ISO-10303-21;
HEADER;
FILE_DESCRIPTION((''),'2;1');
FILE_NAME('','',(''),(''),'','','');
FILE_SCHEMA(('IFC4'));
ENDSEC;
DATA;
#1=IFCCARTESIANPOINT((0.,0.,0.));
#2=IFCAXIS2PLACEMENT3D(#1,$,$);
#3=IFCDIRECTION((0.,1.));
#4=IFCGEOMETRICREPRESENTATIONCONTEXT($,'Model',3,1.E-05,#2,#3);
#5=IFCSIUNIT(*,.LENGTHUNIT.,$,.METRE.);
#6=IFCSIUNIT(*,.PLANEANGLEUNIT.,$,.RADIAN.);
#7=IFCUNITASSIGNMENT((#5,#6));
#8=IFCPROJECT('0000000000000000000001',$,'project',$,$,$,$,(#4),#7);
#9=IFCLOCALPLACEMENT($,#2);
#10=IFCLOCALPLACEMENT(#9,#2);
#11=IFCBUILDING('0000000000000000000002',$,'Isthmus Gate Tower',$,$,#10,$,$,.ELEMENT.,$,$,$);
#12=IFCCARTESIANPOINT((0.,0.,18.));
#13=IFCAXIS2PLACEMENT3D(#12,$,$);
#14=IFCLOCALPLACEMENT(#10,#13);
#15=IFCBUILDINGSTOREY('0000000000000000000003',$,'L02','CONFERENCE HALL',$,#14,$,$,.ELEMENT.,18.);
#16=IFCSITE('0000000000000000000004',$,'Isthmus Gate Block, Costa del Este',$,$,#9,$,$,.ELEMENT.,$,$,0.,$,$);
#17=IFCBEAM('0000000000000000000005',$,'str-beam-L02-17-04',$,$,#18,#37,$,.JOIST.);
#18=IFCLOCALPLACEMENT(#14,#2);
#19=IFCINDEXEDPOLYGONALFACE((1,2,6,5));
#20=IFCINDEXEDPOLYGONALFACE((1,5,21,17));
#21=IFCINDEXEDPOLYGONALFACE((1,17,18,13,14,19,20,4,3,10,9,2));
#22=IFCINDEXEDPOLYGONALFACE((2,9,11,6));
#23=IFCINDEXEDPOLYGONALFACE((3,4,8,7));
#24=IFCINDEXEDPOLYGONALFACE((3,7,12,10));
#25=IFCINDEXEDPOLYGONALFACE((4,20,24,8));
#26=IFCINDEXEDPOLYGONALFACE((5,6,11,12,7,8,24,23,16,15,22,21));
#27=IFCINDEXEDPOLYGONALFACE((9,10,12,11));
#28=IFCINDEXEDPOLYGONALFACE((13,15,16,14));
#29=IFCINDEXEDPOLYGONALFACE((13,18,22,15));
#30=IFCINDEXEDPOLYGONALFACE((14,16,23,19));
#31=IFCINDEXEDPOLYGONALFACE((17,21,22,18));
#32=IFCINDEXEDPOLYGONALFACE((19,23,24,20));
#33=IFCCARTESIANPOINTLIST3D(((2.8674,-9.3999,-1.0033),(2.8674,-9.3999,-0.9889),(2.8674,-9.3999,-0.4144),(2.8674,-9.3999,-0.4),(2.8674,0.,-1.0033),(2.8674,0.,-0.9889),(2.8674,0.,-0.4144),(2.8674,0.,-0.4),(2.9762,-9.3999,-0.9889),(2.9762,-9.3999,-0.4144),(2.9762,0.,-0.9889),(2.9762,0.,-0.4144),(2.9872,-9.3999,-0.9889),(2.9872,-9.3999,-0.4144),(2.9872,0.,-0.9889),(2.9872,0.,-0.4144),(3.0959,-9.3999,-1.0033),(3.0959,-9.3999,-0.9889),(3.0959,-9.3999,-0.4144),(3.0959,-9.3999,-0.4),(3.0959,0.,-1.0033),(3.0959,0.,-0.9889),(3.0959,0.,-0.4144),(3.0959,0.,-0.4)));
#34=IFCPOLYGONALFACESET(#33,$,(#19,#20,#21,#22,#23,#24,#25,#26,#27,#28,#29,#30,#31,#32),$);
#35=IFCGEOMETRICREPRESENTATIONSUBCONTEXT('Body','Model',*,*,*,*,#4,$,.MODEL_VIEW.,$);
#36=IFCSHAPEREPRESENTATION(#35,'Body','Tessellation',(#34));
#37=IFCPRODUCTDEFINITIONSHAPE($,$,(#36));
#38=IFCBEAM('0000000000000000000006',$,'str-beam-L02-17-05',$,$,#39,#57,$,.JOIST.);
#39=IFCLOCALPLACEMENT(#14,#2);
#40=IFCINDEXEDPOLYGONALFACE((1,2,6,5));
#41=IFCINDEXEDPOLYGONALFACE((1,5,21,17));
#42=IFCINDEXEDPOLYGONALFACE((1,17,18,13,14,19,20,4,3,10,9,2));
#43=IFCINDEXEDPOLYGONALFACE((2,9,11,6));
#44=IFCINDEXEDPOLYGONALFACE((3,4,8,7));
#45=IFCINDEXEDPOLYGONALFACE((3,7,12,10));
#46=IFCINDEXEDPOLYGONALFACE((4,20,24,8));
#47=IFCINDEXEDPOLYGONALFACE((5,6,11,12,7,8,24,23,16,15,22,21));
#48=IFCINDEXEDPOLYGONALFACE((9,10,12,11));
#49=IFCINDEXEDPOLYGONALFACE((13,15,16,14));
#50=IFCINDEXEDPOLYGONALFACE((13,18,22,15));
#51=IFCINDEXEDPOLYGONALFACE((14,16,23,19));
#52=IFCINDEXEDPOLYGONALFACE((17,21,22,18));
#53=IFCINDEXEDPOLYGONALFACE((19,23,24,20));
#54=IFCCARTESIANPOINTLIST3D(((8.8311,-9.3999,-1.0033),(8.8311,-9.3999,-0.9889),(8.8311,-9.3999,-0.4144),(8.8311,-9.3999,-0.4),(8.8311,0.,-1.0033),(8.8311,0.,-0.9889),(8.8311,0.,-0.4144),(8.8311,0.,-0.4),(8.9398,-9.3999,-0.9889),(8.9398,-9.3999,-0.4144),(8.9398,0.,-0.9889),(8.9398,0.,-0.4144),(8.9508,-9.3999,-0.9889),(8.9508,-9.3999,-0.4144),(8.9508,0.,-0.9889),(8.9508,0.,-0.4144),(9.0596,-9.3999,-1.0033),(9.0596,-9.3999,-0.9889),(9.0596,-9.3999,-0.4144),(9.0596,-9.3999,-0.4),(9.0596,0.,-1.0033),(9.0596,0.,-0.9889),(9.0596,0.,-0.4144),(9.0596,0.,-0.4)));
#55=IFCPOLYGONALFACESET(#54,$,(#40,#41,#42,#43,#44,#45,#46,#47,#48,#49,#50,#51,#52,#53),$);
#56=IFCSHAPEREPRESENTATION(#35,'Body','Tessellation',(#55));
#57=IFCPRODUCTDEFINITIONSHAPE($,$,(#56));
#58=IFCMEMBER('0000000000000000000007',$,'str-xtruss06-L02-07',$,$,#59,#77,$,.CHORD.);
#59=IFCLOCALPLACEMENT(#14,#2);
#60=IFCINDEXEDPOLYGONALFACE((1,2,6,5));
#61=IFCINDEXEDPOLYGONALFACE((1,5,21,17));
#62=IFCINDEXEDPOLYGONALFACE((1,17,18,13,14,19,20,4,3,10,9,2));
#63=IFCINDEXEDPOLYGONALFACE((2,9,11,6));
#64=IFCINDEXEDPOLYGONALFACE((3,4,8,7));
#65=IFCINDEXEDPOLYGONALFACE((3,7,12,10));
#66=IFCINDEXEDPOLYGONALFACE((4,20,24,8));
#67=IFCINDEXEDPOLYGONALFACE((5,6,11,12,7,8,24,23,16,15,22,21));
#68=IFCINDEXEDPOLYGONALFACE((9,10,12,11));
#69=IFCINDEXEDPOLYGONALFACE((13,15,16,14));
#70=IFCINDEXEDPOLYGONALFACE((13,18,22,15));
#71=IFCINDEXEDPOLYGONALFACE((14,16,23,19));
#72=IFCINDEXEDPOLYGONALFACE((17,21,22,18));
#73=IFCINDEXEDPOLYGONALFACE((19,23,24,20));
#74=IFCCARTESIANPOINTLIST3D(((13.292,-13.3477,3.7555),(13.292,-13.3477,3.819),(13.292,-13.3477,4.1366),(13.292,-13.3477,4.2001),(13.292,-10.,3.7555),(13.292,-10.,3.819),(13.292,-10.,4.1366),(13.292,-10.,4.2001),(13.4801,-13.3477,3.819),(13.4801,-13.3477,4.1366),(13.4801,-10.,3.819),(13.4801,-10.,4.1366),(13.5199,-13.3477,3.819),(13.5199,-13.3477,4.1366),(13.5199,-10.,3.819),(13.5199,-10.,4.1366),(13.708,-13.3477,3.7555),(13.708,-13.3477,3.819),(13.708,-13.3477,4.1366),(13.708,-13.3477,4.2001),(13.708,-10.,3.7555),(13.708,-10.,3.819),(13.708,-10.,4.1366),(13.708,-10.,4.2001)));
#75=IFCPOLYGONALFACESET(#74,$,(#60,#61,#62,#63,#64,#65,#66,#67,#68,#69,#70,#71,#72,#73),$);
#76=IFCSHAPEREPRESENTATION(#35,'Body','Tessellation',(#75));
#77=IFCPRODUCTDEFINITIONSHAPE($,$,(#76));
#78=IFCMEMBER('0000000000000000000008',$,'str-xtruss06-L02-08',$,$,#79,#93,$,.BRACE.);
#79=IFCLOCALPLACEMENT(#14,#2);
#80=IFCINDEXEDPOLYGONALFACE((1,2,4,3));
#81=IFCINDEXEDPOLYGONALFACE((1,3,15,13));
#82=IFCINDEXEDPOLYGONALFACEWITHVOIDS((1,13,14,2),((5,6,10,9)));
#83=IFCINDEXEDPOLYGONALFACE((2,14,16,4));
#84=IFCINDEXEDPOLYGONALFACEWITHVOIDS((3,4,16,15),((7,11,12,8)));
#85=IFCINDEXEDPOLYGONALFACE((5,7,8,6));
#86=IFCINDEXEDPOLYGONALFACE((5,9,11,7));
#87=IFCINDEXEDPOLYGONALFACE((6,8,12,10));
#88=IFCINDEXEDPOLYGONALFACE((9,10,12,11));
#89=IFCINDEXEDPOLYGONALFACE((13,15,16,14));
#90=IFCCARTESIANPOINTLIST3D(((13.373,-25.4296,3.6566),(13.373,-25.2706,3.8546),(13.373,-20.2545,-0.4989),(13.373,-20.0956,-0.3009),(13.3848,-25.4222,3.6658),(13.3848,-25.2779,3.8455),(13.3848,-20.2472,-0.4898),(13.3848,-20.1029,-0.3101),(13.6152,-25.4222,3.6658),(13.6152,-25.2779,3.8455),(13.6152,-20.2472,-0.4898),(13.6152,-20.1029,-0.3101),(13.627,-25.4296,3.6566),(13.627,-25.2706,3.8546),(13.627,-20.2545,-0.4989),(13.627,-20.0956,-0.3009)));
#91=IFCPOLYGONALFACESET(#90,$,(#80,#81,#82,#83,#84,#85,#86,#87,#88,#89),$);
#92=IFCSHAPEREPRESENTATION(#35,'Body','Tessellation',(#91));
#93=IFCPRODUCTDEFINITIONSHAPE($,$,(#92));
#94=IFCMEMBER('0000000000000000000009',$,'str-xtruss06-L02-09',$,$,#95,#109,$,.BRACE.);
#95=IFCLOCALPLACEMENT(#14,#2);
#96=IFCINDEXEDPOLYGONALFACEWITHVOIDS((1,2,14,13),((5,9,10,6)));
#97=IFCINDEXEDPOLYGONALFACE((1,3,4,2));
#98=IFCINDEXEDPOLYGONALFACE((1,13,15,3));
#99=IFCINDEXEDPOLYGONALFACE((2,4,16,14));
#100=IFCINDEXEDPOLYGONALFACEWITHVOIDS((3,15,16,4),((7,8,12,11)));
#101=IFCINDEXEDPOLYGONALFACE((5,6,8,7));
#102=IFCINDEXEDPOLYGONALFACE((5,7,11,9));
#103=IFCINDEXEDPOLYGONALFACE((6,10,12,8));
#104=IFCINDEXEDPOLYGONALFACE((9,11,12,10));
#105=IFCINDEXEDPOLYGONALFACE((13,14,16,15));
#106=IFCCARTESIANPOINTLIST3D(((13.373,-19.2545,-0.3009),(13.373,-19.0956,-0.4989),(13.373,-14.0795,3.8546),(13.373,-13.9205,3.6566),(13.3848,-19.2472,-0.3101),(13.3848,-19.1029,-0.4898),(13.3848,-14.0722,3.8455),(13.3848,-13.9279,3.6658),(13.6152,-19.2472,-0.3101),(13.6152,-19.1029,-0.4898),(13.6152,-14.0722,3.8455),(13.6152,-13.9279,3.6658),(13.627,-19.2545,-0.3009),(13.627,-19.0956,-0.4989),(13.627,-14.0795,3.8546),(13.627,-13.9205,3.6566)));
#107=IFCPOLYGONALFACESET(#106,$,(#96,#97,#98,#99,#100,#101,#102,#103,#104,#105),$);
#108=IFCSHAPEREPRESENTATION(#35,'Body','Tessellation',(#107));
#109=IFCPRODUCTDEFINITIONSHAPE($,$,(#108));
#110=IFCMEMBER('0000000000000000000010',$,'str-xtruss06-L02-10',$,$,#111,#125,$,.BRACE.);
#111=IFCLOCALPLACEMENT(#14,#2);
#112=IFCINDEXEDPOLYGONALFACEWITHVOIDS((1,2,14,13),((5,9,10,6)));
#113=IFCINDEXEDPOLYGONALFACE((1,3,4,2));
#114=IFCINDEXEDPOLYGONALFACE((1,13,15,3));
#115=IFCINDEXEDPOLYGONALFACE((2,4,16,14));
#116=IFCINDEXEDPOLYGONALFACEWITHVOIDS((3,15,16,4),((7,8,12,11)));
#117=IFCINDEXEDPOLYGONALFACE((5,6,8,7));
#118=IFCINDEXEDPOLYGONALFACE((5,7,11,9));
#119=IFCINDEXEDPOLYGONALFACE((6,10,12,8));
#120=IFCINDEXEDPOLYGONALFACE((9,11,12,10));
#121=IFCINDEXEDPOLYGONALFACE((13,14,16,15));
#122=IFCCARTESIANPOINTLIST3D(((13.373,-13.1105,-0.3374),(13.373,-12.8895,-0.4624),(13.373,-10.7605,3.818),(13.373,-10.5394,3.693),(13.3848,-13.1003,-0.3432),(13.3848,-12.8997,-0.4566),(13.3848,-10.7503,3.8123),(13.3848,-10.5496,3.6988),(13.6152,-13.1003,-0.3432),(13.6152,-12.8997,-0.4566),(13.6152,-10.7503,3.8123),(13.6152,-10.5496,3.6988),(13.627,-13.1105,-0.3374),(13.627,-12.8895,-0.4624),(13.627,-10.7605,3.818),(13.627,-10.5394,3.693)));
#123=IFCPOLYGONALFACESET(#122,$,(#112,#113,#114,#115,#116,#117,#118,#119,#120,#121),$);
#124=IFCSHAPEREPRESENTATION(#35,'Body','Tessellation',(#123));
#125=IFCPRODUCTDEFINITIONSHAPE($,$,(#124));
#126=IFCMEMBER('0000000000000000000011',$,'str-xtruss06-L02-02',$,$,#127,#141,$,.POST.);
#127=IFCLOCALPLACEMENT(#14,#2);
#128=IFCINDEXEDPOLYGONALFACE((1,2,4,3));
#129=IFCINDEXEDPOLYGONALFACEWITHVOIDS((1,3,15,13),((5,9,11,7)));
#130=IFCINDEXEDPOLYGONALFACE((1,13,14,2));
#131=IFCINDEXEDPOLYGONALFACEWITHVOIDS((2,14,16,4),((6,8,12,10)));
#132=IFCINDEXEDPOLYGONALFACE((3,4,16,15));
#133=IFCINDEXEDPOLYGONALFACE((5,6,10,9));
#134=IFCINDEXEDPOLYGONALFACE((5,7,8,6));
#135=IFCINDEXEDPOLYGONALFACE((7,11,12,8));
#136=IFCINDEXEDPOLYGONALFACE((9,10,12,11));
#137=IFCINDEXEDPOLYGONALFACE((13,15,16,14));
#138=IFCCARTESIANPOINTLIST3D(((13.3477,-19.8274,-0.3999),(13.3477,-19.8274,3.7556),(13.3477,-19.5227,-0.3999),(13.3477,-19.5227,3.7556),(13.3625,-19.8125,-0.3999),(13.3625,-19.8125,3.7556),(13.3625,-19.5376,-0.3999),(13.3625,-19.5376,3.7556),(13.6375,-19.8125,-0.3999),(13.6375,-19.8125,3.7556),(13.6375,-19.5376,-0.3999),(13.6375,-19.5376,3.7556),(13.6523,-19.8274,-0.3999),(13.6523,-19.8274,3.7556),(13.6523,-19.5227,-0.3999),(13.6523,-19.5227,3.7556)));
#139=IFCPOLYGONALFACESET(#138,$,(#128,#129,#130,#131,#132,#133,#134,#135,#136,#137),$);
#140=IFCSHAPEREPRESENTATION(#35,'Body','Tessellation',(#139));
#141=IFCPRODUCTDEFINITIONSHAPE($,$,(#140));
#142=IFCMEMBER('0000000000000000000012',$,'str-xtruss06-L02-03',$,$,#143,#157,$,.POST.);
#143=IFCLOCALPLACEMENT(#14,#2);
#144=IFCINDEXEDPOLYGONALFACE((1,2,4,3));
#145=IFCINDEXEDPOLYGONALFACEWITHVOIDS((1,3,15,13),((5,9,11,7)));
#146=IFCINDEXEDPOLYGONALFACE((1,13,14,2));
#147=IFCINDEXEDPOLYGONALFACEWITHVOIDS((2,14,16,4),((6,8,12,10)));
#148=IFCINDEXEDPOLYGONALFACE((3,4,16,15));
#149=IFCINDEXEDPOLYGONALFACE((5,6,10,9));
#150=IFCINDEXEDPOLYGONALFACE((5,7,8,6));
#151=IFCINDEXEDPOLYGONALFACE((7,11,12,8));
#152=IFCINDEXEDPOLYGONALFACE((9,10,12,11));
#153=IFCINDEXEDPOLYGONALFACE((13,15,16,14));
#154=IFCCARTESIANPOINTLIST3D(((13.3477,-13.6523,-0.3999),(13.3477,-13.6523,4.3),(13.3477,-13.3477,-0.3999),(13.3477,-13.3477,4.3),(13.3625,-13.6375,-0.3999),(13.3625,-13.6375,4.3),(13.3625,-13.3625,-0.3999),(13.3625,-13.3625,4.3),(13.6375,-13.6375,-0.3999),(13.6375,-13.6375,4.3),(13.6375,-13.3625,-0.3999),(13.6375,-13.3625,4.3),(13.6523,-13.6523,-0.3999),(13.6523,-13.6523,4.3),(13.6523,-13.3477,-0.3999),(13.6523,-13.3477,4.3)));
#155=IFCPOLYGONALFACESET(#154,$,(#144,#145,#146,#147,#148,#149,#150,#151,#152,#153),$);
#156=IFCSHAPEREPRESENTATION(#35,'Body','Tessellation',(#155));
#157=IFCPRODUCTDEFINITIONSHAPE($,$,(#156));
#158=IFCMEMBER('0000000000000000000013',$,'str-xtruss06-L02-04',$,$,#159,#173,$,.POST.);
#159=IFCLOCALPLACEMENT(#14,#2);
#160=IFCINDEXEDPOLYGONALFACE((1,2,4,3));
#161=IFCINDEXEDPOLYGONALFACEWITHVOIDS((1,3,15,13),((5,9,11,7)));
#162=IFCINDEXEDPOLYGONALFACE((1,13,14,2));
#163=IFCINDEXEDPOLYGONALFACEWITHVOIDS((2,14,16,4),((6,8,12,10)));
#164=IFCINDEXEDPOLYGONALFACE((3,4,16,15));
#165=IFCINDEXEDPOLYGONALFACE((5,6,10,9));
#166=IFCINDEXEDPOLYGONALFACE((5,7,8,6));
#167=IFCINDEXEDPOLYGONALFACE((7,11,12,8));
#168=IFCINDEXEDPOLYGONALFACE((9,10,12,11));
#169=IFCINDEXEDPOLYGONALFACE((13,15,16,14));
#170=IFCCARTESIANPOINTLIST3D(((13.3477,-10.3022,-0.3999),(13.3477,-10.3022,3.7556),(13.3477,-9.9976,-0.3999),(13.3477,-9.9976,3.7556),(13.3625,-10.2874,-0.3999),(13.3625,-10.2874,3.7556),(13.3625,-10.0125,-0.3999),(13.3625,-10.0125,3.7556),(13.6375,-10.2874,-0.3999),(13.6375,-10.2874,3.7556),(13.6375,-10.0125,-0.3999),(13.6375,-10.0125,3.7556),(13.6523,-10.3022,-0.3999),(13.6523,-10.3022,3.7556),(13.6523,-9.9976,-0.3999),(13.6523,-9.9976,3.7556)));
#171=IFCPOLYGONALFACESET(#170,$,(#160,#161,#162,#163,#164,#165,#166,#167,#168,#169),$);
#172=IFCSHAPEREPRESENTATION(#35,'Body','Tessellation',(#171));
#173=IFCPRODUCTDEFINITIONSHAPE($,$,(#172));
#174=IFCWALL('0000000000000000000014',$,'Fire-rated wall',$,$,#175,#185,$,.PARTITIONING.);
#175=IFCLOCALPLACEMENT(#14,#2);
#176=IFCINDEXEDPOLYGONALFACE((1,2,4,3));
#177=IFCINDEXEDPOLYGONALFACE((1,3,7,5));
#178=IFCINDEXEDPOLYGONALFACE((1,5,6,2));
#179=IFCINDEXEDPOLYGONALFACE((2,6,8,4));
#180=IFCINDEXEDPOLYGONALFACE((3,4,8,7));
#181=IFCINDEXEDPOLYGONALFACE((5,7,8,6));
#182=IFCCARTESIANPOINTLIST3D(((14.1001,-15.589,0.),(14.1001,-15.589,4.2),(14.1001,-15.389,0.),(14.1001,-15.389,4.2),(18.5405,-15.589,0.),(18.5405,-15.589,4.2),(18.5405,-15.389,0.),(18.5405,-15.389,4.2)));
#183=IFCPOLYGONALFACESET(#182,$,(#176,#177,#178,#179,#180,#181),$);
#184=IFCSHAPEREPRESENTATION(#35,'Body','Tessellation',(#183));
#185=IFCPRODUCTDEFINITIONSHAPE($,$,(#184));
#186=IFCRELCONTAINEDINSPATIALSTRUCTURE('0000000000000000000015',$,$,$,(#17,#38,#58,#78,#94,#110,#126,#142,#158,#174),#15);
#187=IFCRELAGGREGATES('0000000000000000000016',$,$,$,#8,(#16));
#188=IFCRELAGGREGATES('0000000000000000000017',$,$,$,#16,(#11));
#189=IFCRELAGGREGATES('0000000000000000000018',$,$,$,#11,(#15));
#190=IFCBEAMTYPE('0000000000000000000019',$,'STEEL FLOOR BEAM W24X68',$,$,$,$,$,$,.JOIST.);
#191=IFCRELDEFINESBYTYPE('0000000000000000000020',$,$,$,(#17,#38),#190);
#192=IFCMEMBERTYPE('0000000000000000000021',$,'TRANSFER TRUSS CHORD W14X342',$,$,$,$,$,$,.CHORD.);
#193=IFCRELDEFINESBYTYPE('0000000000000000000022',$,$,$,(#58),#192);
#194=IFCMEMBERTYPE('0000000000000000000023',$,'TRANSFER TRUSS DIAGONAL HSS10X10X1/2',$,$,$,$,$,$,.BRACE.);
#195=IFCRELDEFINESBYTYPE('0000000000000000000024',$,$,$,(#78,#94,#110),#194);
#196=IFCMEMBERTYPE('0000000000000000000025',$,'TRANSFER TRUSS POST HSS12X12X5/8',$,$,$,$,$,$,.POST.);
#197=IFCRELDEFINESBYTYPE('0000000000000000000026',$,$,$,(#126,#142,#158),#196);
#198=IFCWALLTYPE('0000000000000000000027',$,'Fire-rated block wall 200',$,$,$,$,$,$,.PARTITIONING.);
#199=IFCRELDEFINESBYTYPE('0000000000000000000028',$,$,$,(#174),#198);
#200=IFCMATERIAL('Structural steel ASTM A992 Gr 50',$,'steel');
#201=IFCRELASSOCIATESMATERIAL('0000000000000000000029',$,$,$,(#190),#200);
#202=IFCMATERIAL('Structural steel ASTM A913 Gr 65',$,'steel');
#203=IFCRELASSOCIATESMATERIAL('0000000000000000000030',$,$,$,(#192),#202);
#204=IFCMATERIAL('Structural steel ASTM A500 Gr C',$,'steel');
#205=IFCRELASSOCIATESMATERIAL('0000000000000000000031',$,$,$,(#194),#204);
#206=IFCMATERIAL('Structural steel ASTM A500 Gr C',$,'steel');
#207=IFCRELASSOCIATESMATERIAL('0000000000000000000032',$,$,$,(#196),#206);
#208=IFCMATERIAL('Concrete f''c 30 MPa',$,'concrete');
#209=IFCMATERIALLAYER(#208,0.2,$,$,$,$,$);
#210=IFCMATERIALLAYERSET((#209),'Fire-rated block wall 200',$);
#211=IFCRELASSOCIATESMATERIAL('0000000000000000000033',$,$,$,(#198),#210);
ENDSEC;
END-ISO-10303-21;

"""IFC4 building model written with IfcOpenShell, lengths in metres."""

from ifc_helpers import new_model, si_unit, direction, frame, frame_2d, origin, origin_2d, place, context, subcontext, project, spatial, rectangle, hollow_rectangle, i_section, extrude, material, layer, layer_set, material_profile, profile_set, type_object, element, save


model = new_model("IFC4")

# Units and contexts
model_context = context("Model", 3, precision=1e-05, world=origin(), true_north=direction((0.0, 1.0)))
body_context = subcontext(model_context, "Body", "Model", "MODEL_VIEW")
ifc_project = project(units=[si_unit("LENGTHUNIT", "METRE"), si_unit("PLANEANGLEUNIT", "RADIAN")], contexts=[model_context])

# Site, building, storey
site_placement = place(None, origin())
site = spatial("IfcSite", under=ifc_project, at=site_placement, Name="Isthmus Gate Block, Costa del Este", CompositionType="ELEMENT", RefElevation=0.0)
building_placement = place(site_placement, origin())
building = spatial("IfcBuilding", under=site, at=building_placement, Name="Isthmus Gate Tower", CompositionType="ELEMENT")
storey_placement = place(building_placement, frame((0.0, 0.0, 18.0)))
storey = spatial("IfcBuildingStorey", under=building, at=storey_placement, Name="L02", Description="CONFERENCE HALL", CompositionType="ELEMENT", Elevation=18.0)

# Beams
ifc_material_1 = material(Name="Structural steel ASTM A992 Gr 50", Category="steel")
ifc_material_profile_1 = material_profile(ifc_material_1, i_section(OverallWidth=0.2285, OverallDepth=0.6033, WebThickness=0.011, FlangeThickness=0.0144, at=origin_2d()), Name="W24X68")
ifc_profile_set_1 = profile_set([ifc_material_profile_1], Name="Structural steel ASTM A992 Gr 50")
beam_type = type_object("IfcBeamType", Name="STEEL FLOOR BEAM W24X68", PredefinedType="JOIST", material=ifc_profile_set_1)
for number, where, z_axis, x_axis, name in (
    (1, (2.9817, -9.3999, -0.7017), (0.0, 1.0, 0.0), (-1.0, 0.0, 0.0), "str-beam-L02-17-04"),
    (2, (8.9453, -9.3999, -0.7017), (0.0, 1.0, 0.0), (-1.0, 0.0, 0.0), "str-beam-L02-17-05"),
):
    element("IfcBeam", number, at=place(storey_placement, frame(where, z_axis=z_axis, x_axis=x_axis)), inside=storey, type_object=beam_type, Name=name, PredefinedType="JOIST", context=body_context, shape_type="SweptSolid", body=[
        extrude(i_section(OverallWidth=0.2285, OverallDepth=0.6033, WebThickness=0.011, FlangeThickness=0.0144, at=origin_2d()), origin(), (0.0, 0.0, 1.0), 9.3999),
    ])

# Members
ifc_material_2 = material(Name="Structural steel ASTM A913 Gr 65", Category="steel")
ifc_material_profile_2 = material_profile(ifc_material_2, i_section(OverallWidth=0.416, OverallDepth=0.4446, WebThickness=0.0398, FlangeThickness=0.0635, at=origin_2d()), Name="W14X342")
ifc_profile_set_2 = profile_set([ifc_material_profile_2], Name="Structural steel ASTM A913 Gr 65")
member_type_1 = type_object("IfcMemberType", Name="TRANSFER TRUSS CHORD W14X342", PredefinedType="CHORD", material=ifc_profile_set_2)
member_1_placement = place(storey_placement, frame((13.5, -13.3477, 3.9778), z_axis=(0.0, 1.0, 0.0), x_axis=(-1.0, 0.0, 0.0)))
element("IfcMember", 3, at=member_1_placement, inside=storey, type_object=member_type_1, Name="str-xtruss06-L02-07", PredefinedType="CHORD", context=body_context, shape_type="SweptSolid", body=[
    extrude(i_section(OverallWidth=0.416, OverallDepth=0.4446, WebThickness=0.0398, FlangeThickness=0.0635, at=origin_2d()), origin(), (0.0, 0.0, 1.0), 3.3477),
])
ifc_material_3 = material(Name="Structural steel ASTM A500 Gr C", Category="steel")
ifc_material_profile_3 = material_profile(ifc_material_3, hollow_rectangle(XDim=0.2539, YDim=0.2539, WallThickness=0.0117, at=origin_2d()), Name="HSS10X10X1/2")
ifc_profile_set_3 = profile_set([ifc_material_profile_3], Name="Structural steel ASTM A500 Gr C")
member_type_2 = type_object("IfcMemberType", Name="TRANSFER TRUSS DIAGONAL HSS10X10X1/2", PredefinedType="BRACE", material=ifc_profile_set_3)
for number, where, z_axis, x_axis, name in (
    (4, (13.5, -20.175, -0.3999), (0.0, -0.77973, 0.626116), (1.0, 0.0, 0.0), "str-xtruss06-L02-08"),
    (5, (13.5, -19.175, -0.3999), (0.0, 0.77973, 0.626116), (-1.0, 0.0, 0.0), "str-xtruss06-L02-09"),
):
    element("IfcMember", number, at=place(storey_placement, frame(where, z_axis=z_axis, x_axis=x_axis)), inside=storey, type_object=member_type_2, Name=name, PredefinedType="BRACE", context=body_context, shape_type="SweptSolid", body=[
        extrude(hollow_rectangle(XDim=0.2539, YDim=0.2539, WallThickness=0.0117, at=origin_2d()), origin(), (0.0, 0.0, 1.0), 6.637),
    ])
member_2_placement = place(storey_placement, frame((13.5, -13.0, -0.3999), z_axis=(0.0, 0.492268, 0.870444), x_axis=(-1.0, 0.0, 0.0)))
element("IfcMember", 6, at=member_2_placement, inside=storey, type_object=member_type_2, Name="str-xtruss06-L02-10", PredefinedType="BRACE", context=body_context, shape_type="SweptSolid", body=[
    extrude(hollow_rectangle(XDim=0.2539, YDim=0.2539, WallThickness=0.0117, at=origin_2d()), origin(), (0.0, 0.0, 1.0), 4.7739),
])
ifc_material_4 = material(Name="Structural steel ASTM A500 Gr C", Category="steel")
ifc_material_profile_4 = material_profile(ifc_material_4, hollow_rectangle(XDim=0.3047, YDim=0.3047, WallThickness=0.0149, at=origin_2d()), Name="HSS12X12X5/8")
ifc_profile_set_4 = profile_set([ifc_material_profile_4], Name="Structural steel ASTM A500 Gr C")
member_type_3 = type_object("IfcMemberType", Name="TRANSFER TRUSS POST HSS12X12X5/8", PredefinedType="POST", material=ifc_profile_set_4)
member_3_placement = place(storey_placement, frame((13.5, -19.675, -0.3999), z_axis=(0.0, 0.0, 1.0), x_axis=(1.0, 0.0, 0.0)))
element("IfcMember", 7, at=member_3_placement, inside=storey, type_object=member_type_3, Name="str-xtruss06-L02-02", PredefinedType="POST", context=body_context, shape_type="SweptSolid", body=[
    extrude(hollow_rectangle(XDim=0.3047, YDim=0.3047, WallThickness=0.0149, at=origin_2d()), origin(), (0.0, 0.0, 1.0), 4.1555),
])
member_4_placement = place(storey_placement, frame((13.5, -13.5, -0.3999), z_axis=(0.0, 0.0, 1.0), x_axis=(1.0, 0.0, 0.0)))
element("IfcMember", 8, at=member_4_placement, inside=storey, type_object=member_type_3, Name="str-xtruss06-L02-03", PredefinedType="POST", context=body_context, shape_type="SweptSolid", body=[
    extrude(hollow_rectangle(XDim=0.3047, YDim=0.3047, WallThickness=0.0149, at=origin_2d()), origin(), (0.0, 0.0, 1.0), 4.7),
])
member_5_placement = place(storey_placement, frame((13.5, -10.1499, -0.3999), z_axis=(0.0, 0.0, 1.0), x_axis=(1.0, 0.0, 0.0)))
element("IfcMember", 9, at=member_5_placement, inside=storey, type_object=member_type_3, Name="str-xtruss06-L02-04", PredefinedType="POST", context=body_context, shape_type="SweptSolid", body=[
    extrude(hollow_rectangle(XDim=0.3047, YDim=0.3047, WallThickness=0.0149, at=origin_2d()), origin(), (0.0, 0.0, 1.0), 4.1555),
])

# Wall
ifc_material_5 = material(Name="Concrete f'c 30 MPa", Category="concrete")
ifc_layer_1 = layer(ifc_material_5, 0.2)
ifc_layer_set_1 = layer_set([ifc_layer_1], Name="Fire-rated block wall 200")
wall_type_1 = type_object("IfcWallType", Name="Fire-rated block wall 200", PredefinedType="PARTITIONING", material=ifc_layer_set_1)
wall_1_placement = place(storey_placement, frame((14.1001, -15.489, 0.0), z_axis=(0.0, 0.0, 1.0), x_axis=(1.0, 0.0, 0.0)))
element("IfcWall", 10, at=wall_1_placement, inside=storey, type_object=wall_type_1, Name="Fire-rated wall", PredefinedType="PARTITIONING", context=body_context, shape_type="SweptSolid", body=[
    extrude(rectangle(XDim=4.4404, YDim=0.2, at=frame_2d((2.2202, 0.0))), origin(), (0.0, 0.0, 1.0), 4.2),
])

save(model, "model.ifc")
